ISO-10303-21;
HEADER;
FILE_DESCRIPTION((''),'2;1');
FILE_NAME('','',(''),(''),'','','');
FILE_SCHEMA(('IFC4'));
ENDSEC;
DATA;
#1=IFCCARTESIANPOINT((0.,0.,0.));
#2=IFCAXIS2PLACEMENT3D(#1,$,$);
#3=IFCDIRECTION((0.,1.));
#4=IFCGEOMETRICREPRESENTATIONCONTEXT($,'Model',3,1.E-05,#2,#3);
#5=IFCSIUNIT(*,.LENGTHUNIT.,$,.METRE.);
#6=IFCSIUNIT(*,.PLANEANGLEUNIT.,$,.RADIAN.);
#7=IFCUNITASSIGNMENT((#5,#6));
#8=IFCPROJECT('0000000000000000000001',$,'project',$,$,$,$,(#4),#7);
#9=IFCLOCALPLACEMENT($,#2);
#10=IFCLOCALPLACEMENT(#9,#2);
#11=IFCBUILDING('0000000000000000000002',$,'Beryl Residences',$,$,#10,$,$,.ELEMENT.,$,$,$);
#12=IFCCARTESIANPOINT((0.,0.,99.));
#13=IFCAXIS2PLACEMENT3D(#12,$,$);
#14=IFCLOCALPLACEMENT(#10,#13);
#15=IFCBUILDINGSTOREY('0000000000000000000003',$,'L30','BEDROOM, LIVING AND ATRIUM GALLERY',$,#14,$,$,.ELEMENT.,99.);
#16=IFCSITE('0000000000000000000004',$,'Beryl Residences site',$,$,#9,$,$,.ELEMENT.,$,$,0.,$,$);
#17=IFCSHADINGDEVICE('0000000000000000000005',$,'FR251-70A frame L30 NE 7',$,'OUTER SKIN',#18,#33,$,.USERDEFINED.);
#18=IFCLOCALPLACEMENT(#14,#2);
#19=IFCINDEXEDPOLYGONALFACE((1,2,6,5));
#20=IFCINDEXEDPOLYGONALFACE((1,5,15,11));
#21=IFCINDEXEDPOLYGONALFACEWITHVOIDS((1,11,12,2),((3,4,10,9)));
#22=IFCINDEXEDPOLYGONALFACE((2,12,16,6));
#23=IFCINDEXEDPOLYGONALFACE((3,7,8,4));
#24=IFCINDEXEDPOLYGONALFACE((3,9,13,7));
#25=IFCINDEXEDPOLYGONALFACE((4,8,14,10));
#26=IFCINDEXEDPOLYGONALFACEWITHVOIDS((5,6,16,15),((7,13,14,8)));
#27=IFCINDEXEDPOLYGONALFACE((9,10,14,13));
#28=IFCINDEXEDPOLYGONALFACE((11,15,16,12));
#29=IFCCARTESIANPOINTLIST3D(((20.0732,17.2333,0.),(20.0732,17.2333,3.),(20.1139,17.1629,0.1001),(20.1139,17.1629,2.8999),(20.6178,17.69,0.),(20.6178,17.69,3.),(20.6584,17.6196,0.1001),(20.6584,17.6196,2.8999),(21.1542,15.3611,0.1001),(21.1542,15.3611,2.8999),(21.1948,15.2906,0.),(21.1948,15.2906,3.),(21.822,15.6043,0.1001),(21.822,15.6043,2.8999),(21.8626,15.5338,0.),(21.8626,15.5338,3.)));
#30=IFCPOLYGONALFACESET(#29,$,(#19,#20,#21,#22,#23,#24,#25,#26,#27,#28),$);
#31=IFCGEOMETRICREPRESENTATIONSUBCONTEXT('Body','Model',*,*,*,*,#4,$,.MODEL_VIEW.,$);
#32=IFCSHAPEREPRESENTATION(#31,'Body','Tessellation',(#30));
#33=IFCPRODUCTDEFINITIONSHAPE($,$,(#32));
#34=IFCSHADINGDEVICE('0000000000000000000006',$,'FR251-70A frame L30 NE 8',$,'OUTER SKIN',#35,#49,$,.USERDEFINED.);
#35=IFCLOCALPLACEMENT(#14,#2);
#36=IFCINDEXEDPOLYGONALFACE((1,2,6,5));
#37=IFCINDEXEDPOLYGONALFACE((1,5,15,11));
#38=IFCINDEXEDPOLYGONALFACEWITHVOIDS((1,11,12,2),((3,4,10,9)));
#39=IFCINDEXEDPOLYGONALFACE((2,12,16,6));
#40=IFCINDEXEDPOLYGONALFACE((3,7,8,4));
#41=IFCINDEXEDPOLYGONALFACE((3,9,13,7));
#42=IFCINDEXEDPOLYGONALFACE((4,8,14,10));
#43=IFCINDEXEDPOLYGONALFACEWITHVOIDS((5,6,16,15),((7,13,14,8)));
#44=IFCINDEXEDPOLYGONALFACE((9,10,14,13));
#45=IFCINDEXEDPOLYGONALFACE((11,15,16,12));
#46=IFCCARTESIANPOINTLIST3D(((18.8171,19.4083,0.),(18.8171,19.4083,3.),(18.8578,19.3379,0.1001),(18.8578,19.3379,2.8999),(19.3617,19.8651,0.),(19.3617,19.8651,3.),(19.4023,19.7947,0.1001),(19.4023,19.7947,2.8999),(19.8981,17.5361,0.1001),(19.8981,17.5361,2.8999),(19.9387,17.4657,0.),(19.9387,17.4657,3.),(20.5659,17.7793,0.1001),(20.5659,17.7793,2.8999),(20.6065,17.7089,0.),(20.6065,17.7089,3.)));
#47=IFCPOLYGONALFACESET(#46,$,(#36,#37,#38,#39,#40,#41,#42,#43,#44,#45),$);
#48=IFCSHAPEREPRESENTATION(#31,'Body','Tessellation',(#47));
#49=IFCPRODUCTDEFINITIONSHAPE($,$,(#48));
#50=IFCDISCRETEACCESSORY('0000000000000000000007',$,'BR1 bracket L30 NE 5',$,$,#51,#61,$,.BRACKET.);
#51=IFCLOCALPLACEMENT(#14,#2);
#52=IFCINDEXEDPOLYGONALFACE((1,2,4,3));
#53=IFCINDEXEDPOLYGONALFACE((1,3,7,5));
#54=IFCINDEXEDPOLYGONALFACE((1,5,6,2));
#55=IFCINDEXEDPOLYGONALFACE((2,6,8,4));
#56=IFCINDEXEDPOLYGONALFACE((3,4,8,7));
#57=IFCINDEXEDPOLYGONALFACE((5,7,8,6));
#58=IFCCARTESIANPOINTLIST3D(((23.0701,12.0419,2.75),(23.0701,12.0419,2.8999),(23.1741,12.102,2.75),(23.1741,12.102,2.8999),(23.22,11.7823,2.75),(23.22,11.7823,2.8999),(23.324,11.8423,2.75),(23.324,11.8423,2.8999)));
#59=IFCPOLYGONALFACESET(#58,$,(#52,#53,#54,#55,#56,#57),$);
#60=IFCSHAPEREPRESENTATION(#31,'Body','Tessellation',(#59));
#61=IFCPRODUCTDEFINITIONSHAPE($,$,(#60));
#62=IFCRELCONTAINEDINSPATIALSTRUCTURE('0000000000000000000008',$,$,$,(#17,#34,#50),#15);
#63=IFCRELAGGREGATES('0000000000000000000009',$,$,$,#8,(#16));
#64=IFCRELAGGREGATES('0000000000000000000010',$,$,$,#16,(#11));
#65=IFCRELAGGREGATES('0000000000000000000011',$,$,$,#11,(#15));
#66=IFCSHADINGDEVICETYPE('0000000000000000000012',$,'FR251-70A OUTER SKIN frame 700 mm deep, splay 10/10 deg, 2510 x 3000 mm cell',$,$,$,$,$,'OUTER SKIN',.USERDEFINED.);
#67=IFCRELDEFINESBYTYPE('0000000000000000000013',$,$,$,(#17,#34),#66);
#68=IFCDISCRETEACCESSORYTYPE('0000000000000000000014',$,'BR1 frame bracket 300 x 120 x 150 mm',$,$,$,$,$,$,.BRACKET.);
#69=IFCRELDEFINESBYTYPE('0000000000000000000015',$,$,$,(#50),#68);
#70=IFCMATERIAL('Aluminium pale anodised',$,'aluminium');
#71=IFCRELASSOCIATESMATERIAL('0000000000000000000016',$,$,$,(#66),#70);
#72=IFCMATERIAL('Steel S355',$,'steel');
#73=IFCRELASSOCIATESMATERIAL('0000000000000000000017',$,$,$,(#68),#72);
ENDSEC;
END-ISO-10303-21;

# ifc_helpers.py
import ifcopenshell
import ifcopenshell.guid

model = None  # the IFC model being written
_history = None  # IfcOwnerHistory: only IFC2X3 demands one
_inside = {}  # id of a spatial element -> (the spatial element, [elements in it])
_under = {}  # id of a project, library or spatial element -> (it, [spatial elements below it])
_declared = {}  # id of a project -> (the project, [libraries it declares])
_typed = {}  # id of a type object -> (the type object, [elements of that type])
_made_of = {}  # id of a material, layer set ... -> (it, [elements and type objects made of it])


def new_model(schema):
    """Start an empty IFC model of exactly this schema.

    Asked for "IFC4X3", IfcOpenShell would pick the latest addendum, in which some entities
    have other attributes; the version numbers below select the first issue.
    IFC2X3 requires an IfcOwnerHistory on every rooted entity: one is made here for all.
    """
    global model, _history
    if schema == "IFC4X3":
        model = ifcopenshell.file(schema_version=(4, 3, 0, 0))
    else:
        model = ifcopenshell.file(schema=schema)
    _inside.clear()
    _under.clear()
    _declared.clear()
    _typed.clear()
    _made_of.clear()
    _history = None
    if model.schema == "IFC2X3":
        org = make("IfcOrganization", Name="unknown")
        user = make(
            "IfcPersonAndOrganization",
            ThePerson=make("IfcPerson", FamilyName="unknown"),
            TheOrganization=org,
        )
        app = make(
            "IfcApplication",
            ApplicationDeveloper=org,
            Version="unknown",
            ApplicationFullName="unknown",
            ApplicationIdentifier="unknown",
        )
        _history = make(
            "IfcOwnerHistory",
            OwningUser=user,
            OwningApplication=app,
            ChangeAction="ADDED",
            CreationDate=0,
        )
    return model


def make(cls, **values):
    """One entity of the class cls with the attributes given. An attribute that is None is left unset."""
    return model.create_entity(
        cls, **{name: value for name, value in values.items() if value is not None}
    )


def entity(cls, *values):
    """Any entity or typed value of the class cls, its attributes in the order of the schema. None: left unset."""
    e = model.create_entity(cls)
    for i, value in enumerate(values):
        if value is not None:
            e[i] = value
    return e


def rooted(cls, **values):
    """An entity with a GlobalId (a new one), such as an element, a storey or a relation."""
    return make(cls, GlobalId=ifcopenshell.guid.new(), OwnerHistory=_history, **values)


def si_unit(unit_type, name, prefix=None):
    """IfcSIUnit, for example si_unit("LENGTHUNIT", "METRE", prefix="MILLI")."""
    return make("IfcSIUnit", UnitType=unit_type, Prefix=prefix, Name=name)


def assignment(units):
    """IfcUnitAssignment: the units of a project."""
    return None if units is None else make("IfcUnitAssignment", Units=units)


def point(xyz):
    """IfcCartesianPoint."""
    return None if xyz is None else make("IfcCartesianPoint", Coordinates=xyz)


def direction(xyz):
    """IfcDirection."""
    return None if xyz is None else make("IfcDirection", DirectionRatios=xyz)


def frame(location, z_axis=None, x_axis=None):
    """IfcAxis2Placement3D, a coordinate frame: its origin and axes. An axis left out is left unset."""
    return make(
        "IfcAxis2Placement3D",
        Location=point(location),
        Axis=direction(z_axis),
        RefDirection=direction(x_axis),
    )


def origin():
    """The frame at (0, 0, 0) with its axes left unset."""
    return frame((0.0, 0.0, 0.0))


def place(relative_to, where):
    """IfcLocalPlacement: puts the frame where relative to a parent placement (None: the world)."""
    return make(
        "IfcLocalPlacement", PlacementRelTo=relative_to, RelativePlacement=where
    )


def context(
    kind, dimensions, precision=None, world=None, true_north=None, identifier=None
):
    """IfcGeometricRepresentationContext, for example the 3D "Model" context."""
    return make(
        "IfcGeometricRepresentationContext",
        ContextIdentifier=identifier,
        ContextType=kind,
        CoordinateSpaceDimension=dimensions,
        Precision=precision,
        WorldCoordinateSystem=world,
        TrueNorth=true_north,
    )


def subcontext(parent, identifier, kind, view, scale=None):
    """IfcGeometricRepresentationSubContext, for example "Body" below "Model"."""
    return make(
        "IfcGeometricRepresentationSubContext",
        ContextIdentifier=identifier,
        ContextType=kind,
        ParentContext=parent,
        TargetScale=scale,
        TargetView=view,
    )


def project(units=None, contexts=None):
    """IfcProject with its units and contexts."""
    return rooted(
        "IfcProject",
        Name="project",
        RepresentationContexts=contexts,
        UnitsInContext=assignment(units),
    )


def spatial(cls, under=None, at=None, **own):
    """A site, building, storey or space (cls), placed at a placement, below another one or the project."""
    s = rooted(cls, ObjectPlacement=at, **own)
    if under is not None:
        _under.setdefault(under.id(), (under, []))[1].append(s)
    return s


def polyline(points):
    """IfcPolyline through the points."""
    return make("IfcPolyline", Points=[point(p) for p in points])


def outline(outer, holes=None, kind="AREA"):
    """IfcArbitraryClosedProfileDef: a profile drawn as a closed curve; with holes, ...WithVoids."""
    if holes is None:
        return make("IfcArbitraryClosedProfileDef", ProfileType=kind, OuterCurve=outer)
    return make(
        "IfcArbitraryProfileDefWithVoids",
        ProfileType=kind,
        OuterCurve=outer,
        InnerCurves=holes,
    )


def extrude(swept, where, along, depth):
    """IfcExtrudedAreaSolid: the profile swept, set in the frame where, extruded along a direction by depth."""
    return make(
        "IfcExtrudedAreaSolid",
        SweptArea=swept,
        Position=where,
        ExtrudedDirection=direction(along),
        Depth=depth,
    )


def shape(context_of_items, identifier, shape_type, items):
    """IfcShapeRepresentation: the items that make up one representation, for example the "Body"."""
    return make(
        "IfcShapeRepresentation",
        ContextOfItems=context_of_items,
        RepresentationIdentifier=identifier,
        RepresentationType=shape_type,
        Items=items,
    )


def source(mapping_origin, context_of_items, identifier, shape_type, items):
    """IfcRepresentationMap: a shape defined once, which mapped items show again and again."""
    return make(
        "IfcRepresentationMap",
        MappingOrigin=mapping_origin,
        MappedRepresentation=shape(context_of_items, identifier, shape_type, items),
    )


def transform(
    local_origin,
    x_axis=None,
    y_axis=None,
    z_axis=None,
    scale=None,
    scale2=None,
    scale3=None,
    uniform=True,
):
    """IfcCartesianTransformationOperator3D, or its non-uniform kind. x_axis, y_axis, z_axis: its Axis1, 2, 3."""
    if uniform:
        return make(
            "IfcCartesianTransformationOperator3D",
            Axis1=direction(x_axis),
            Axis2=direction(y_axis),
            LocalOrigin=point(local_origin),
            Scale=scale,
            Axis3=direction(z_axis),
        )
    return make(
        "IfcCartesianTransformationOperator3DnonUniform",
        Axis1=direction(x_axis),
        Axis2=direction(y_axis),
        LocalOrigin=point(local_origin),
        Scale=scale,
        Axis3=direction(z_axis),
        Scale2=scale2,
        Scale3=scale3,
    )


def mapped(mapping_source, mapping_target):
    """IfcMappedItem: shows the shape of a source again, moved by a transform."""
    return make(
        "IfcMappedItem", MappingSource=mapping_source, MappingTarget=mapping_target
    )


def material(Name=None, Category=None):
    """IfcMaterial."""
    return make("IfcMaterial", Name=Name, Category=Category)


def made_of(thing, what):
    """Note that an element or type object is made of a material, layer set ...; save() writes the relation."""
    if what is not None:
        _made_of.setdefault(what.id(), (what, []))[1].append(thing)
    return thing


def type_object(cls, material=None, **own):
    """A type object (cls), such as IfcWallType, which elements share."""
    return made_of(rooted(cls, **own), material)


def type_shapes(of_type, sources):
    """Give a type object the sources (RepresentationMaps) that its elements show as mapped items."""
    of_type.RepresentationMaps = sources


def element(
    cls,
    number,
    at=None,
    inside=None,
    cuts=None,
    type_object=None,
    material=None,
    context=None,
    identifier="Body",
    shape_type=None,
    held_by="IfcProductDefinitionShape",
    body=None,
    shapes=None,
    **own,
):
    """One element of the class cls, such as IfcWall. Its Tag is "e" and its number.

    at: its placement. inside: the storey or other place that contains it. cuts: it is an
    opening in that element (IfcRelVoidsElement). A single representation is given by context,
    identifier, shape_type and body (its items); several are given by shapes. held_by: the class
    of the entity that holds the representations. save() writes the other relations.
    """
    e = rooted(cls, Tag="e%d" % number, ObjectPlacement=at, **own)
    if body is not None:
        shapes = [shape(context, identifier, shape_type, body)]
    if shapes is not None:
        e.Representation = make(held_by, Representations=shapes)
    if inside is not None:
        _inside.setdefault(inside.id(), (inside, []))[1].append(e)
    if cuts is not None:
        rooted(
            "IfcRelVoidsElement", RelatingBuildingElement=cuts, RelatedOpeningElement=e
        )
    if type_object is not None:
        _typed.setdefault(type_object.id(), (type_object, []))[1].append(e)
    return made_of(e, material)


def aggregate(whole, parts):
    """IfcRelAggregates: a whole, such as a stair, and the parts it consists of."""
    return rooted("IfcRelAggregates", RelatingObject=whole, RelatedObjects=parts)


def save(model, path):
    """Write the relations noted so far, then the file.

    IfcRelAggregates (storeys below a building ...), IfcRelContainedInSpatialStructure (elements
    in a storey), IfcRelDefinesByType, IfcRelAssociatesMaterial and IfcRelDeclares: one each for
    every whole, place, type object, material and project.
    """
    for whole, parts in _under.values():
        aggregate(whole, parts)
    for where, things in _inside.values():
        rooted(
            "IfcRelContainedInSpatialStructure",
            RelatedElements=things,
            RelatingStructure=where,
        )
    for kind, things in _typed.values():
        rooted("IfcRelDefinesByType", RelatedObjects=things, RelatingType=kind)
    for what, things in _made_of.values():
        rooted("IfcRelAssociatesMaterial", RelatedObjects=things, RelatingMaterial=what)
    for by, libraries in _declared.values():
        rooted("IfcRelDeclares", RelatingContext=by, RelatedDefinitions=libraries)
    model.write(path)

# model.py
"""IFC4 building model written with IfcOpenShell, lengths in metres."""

from ifc_helpers import new_model, entity, si_unit, direction, frame, origin, place, context, subcontext, project, spatial, polyline, outline, extrude, source, transform, mapped, material, type_object, type_shapes, element, save


model = new_model("IFC4")

# Units and contexts
model_context = context("Model", 3, precision=1e-05, world=origin(), true_north=direction((0.0, 1.0)))
body_context = subcontext(model_context, "Body", "Model", "MODEL_VIEW")
ifc_project = project(units=[si_unit("LENGTHUNIT", "METRE"), si_unit("PLANEANGLEUNIT", "RADIAN")], contexts=[model_context])

# Site, building, storey
site_placement = place(None, origin())
site = spatial("IfcSite", under=ifc_project, at=site_placement, Name="Beryl Residences site", CompositionType="ELEMENT", RefElevation=0.0)
building_placement = place(site_placement, origin())
building = spatial("IfcBuilding", under=site, at=building_placement, Name="Beryl Residences", CompositionType="ELEMENT")
storey_placement = place(building_placement, frame((0.0, 0.0, 99.0)))
storey = spatial("IfcBuildingStorey", under=building, at=storey_placement, Name="L30", Description="BEDROOM, LIVING AND ATRIUM GALLERY", CompositionType="ELEMENT", Elevation=99.0)

# Shading devices
ifc_material_1 = material(Name="Aluminium pale anodised", Category="aluminium")
shading_device_type = type_object("IfcShadingDeviceType", Name="FR251-70A OUTER SKIN frame 700 mm deep, splay 10/10 deg, 2510 x 3000 mm cell", ElementType="OUTER SKIN", PredefinedType="USERDEFINED", material=ifc_material_1)
cartesian_point_1 = entity("IfcCartesianPoint", [-1.1216, 0.0])
cartesian_point_2 = entity("IfcCartesianPoint", [-1.0403, 0.1001])
cartesian_point_3 = entity("IfcCartesianPoint", [-1.2449, 0.0])
cartesian_point_4 = entity("IfcCartesianPoint", [-1.1636, 0.1001])
shared_shape_1 = source(origin(), body_context, "Body", "SweptSolid", [
    entity("IfcExtrudedAreaSolidTapered", entity("IfcArbitraryProfileDefWithVoids", "AREA", None, entity("IfcPolyline", [cartesian_point_1, entity("IfcCartesianPoint", [1.1216, 0.0]), entity("IfcCartesianPoint", [1.1216, 3.0]), entity("IfcCartesianPoint", [-1.1216, 3.0]), cartesian_point_1]), [entity("IfcPolyline", [cartesian_point_2, entity("IfcCartesianPoint", [1.0403, 0.1001]), entity("IfcCartesianPoint", [1.0403, 2.8999]), entity("IfcCartesianPoint", [-1.0403, 2.8999]), cartesian_point_2])]), entity("IfcAxis2Placement3D", entity("IfcCartesianPoint", [0.0, 0.0, 0.0]), entity("IfcDirection", [0.0, 1.0, 0.0]), entity("IfcDirection", [-1.0, 0.0, 0.0])), entity("IfcDirection", [0.0, 0.0, 1.0]), 0.7, entity("IfcArbitraryProfileDefWithVoids", "AREA", None, entity("IfcPolyline", [cartesian_point_3, entity("IfcCartesianPoint", [1.2449, 0.0]), entity("IfcCartesianPoint", [1.2449, 3.0]), entity("IfcCartesianPoint", [-1.2449, 3.0]), cartesian_point_3]), [entity("IfcPolyline", [cartesian_point_4, entity("IfcCartesianPoint", [1.1636, 0.1001]), entity("IfcCartesianPoint", [1.1636, 2.8999]), entity("IfcCartesianPoint", [-1.1636, 2.8999]), cartesian_point_4])])),
])
type_shapes(shading_device_type, [shared_shape_1])
for number, where, z_axis, x_axis, name in (
    (1, (20.634, 16.262, 0.0), (0.0, 0.0, 1.0), (0.5, -0.866025, 0.0), "FR251-70A frame L30 NE 7"),
    (2, (19.3779, 18.437, 0.0), (0.0, 0.0, 1.0), (0.5, -0.866025, 0.0), "FR251-70A frame L30 NE 8"),
):
    element("IfcShadingDevice", number, at=place(storey_placement, frame(where, z_axis=z_axis, x_axis=x_axis)), inside=storey, type_object=shading_device_type, Name=name, ObjectType="OUTER SKIN", PredefinedType="USERDEFINED", context=body_context, shape_type="MappedRepresentation", body=[
        mapped(shared_shape_1, transform((0.0, 0.0, 0.0))),
    ])

# Discrete accessory
ifc_material_2 = material(Name="Steel S355", Category="steel")
discrete_accessory_type = type_object("IfcDiscreteAccessoryType", Name="BR1 frame bracket 300 x 120 x 150 mm", PredefinedType="BRACKET", material=ifc_material_2)
shared_shape_2 = source(origin(), body_context, "Body", "SweptSolid", [
    extrude(outline(polyline([(-0.1499, 0.0), (0.1499, 0.0), (0.1499, 0.1201), (-0.1499, 0.1201), (-0.1499, 0.0)])), origin(), (0.0, 0.0, 1.0), 0.1499),
])
type_shapes(discrete_accessory_type, [shared_shape_2])
discrete_accessory_placement = place(storey_placement, frame((23.145, 11.9121, 2.75), z_axis=(0.0, 0.0, 1.0), x_axis=(0.5, -0.866025, 0.0)))
element("IfcDiscreteAccessory", 3, at=discrete_accessory_placement, inside=storey, type_object=discrete_accessory_type, Name="BR1 bracket L30 NE 5", PredefinedType="BRACKET", context=body_context, shape_type="MappedRepresentation", body=[
    mapped(shared_shape_2, transform((0.0, 0.0, 0.0))),
])

save(model, "model.ifc")
